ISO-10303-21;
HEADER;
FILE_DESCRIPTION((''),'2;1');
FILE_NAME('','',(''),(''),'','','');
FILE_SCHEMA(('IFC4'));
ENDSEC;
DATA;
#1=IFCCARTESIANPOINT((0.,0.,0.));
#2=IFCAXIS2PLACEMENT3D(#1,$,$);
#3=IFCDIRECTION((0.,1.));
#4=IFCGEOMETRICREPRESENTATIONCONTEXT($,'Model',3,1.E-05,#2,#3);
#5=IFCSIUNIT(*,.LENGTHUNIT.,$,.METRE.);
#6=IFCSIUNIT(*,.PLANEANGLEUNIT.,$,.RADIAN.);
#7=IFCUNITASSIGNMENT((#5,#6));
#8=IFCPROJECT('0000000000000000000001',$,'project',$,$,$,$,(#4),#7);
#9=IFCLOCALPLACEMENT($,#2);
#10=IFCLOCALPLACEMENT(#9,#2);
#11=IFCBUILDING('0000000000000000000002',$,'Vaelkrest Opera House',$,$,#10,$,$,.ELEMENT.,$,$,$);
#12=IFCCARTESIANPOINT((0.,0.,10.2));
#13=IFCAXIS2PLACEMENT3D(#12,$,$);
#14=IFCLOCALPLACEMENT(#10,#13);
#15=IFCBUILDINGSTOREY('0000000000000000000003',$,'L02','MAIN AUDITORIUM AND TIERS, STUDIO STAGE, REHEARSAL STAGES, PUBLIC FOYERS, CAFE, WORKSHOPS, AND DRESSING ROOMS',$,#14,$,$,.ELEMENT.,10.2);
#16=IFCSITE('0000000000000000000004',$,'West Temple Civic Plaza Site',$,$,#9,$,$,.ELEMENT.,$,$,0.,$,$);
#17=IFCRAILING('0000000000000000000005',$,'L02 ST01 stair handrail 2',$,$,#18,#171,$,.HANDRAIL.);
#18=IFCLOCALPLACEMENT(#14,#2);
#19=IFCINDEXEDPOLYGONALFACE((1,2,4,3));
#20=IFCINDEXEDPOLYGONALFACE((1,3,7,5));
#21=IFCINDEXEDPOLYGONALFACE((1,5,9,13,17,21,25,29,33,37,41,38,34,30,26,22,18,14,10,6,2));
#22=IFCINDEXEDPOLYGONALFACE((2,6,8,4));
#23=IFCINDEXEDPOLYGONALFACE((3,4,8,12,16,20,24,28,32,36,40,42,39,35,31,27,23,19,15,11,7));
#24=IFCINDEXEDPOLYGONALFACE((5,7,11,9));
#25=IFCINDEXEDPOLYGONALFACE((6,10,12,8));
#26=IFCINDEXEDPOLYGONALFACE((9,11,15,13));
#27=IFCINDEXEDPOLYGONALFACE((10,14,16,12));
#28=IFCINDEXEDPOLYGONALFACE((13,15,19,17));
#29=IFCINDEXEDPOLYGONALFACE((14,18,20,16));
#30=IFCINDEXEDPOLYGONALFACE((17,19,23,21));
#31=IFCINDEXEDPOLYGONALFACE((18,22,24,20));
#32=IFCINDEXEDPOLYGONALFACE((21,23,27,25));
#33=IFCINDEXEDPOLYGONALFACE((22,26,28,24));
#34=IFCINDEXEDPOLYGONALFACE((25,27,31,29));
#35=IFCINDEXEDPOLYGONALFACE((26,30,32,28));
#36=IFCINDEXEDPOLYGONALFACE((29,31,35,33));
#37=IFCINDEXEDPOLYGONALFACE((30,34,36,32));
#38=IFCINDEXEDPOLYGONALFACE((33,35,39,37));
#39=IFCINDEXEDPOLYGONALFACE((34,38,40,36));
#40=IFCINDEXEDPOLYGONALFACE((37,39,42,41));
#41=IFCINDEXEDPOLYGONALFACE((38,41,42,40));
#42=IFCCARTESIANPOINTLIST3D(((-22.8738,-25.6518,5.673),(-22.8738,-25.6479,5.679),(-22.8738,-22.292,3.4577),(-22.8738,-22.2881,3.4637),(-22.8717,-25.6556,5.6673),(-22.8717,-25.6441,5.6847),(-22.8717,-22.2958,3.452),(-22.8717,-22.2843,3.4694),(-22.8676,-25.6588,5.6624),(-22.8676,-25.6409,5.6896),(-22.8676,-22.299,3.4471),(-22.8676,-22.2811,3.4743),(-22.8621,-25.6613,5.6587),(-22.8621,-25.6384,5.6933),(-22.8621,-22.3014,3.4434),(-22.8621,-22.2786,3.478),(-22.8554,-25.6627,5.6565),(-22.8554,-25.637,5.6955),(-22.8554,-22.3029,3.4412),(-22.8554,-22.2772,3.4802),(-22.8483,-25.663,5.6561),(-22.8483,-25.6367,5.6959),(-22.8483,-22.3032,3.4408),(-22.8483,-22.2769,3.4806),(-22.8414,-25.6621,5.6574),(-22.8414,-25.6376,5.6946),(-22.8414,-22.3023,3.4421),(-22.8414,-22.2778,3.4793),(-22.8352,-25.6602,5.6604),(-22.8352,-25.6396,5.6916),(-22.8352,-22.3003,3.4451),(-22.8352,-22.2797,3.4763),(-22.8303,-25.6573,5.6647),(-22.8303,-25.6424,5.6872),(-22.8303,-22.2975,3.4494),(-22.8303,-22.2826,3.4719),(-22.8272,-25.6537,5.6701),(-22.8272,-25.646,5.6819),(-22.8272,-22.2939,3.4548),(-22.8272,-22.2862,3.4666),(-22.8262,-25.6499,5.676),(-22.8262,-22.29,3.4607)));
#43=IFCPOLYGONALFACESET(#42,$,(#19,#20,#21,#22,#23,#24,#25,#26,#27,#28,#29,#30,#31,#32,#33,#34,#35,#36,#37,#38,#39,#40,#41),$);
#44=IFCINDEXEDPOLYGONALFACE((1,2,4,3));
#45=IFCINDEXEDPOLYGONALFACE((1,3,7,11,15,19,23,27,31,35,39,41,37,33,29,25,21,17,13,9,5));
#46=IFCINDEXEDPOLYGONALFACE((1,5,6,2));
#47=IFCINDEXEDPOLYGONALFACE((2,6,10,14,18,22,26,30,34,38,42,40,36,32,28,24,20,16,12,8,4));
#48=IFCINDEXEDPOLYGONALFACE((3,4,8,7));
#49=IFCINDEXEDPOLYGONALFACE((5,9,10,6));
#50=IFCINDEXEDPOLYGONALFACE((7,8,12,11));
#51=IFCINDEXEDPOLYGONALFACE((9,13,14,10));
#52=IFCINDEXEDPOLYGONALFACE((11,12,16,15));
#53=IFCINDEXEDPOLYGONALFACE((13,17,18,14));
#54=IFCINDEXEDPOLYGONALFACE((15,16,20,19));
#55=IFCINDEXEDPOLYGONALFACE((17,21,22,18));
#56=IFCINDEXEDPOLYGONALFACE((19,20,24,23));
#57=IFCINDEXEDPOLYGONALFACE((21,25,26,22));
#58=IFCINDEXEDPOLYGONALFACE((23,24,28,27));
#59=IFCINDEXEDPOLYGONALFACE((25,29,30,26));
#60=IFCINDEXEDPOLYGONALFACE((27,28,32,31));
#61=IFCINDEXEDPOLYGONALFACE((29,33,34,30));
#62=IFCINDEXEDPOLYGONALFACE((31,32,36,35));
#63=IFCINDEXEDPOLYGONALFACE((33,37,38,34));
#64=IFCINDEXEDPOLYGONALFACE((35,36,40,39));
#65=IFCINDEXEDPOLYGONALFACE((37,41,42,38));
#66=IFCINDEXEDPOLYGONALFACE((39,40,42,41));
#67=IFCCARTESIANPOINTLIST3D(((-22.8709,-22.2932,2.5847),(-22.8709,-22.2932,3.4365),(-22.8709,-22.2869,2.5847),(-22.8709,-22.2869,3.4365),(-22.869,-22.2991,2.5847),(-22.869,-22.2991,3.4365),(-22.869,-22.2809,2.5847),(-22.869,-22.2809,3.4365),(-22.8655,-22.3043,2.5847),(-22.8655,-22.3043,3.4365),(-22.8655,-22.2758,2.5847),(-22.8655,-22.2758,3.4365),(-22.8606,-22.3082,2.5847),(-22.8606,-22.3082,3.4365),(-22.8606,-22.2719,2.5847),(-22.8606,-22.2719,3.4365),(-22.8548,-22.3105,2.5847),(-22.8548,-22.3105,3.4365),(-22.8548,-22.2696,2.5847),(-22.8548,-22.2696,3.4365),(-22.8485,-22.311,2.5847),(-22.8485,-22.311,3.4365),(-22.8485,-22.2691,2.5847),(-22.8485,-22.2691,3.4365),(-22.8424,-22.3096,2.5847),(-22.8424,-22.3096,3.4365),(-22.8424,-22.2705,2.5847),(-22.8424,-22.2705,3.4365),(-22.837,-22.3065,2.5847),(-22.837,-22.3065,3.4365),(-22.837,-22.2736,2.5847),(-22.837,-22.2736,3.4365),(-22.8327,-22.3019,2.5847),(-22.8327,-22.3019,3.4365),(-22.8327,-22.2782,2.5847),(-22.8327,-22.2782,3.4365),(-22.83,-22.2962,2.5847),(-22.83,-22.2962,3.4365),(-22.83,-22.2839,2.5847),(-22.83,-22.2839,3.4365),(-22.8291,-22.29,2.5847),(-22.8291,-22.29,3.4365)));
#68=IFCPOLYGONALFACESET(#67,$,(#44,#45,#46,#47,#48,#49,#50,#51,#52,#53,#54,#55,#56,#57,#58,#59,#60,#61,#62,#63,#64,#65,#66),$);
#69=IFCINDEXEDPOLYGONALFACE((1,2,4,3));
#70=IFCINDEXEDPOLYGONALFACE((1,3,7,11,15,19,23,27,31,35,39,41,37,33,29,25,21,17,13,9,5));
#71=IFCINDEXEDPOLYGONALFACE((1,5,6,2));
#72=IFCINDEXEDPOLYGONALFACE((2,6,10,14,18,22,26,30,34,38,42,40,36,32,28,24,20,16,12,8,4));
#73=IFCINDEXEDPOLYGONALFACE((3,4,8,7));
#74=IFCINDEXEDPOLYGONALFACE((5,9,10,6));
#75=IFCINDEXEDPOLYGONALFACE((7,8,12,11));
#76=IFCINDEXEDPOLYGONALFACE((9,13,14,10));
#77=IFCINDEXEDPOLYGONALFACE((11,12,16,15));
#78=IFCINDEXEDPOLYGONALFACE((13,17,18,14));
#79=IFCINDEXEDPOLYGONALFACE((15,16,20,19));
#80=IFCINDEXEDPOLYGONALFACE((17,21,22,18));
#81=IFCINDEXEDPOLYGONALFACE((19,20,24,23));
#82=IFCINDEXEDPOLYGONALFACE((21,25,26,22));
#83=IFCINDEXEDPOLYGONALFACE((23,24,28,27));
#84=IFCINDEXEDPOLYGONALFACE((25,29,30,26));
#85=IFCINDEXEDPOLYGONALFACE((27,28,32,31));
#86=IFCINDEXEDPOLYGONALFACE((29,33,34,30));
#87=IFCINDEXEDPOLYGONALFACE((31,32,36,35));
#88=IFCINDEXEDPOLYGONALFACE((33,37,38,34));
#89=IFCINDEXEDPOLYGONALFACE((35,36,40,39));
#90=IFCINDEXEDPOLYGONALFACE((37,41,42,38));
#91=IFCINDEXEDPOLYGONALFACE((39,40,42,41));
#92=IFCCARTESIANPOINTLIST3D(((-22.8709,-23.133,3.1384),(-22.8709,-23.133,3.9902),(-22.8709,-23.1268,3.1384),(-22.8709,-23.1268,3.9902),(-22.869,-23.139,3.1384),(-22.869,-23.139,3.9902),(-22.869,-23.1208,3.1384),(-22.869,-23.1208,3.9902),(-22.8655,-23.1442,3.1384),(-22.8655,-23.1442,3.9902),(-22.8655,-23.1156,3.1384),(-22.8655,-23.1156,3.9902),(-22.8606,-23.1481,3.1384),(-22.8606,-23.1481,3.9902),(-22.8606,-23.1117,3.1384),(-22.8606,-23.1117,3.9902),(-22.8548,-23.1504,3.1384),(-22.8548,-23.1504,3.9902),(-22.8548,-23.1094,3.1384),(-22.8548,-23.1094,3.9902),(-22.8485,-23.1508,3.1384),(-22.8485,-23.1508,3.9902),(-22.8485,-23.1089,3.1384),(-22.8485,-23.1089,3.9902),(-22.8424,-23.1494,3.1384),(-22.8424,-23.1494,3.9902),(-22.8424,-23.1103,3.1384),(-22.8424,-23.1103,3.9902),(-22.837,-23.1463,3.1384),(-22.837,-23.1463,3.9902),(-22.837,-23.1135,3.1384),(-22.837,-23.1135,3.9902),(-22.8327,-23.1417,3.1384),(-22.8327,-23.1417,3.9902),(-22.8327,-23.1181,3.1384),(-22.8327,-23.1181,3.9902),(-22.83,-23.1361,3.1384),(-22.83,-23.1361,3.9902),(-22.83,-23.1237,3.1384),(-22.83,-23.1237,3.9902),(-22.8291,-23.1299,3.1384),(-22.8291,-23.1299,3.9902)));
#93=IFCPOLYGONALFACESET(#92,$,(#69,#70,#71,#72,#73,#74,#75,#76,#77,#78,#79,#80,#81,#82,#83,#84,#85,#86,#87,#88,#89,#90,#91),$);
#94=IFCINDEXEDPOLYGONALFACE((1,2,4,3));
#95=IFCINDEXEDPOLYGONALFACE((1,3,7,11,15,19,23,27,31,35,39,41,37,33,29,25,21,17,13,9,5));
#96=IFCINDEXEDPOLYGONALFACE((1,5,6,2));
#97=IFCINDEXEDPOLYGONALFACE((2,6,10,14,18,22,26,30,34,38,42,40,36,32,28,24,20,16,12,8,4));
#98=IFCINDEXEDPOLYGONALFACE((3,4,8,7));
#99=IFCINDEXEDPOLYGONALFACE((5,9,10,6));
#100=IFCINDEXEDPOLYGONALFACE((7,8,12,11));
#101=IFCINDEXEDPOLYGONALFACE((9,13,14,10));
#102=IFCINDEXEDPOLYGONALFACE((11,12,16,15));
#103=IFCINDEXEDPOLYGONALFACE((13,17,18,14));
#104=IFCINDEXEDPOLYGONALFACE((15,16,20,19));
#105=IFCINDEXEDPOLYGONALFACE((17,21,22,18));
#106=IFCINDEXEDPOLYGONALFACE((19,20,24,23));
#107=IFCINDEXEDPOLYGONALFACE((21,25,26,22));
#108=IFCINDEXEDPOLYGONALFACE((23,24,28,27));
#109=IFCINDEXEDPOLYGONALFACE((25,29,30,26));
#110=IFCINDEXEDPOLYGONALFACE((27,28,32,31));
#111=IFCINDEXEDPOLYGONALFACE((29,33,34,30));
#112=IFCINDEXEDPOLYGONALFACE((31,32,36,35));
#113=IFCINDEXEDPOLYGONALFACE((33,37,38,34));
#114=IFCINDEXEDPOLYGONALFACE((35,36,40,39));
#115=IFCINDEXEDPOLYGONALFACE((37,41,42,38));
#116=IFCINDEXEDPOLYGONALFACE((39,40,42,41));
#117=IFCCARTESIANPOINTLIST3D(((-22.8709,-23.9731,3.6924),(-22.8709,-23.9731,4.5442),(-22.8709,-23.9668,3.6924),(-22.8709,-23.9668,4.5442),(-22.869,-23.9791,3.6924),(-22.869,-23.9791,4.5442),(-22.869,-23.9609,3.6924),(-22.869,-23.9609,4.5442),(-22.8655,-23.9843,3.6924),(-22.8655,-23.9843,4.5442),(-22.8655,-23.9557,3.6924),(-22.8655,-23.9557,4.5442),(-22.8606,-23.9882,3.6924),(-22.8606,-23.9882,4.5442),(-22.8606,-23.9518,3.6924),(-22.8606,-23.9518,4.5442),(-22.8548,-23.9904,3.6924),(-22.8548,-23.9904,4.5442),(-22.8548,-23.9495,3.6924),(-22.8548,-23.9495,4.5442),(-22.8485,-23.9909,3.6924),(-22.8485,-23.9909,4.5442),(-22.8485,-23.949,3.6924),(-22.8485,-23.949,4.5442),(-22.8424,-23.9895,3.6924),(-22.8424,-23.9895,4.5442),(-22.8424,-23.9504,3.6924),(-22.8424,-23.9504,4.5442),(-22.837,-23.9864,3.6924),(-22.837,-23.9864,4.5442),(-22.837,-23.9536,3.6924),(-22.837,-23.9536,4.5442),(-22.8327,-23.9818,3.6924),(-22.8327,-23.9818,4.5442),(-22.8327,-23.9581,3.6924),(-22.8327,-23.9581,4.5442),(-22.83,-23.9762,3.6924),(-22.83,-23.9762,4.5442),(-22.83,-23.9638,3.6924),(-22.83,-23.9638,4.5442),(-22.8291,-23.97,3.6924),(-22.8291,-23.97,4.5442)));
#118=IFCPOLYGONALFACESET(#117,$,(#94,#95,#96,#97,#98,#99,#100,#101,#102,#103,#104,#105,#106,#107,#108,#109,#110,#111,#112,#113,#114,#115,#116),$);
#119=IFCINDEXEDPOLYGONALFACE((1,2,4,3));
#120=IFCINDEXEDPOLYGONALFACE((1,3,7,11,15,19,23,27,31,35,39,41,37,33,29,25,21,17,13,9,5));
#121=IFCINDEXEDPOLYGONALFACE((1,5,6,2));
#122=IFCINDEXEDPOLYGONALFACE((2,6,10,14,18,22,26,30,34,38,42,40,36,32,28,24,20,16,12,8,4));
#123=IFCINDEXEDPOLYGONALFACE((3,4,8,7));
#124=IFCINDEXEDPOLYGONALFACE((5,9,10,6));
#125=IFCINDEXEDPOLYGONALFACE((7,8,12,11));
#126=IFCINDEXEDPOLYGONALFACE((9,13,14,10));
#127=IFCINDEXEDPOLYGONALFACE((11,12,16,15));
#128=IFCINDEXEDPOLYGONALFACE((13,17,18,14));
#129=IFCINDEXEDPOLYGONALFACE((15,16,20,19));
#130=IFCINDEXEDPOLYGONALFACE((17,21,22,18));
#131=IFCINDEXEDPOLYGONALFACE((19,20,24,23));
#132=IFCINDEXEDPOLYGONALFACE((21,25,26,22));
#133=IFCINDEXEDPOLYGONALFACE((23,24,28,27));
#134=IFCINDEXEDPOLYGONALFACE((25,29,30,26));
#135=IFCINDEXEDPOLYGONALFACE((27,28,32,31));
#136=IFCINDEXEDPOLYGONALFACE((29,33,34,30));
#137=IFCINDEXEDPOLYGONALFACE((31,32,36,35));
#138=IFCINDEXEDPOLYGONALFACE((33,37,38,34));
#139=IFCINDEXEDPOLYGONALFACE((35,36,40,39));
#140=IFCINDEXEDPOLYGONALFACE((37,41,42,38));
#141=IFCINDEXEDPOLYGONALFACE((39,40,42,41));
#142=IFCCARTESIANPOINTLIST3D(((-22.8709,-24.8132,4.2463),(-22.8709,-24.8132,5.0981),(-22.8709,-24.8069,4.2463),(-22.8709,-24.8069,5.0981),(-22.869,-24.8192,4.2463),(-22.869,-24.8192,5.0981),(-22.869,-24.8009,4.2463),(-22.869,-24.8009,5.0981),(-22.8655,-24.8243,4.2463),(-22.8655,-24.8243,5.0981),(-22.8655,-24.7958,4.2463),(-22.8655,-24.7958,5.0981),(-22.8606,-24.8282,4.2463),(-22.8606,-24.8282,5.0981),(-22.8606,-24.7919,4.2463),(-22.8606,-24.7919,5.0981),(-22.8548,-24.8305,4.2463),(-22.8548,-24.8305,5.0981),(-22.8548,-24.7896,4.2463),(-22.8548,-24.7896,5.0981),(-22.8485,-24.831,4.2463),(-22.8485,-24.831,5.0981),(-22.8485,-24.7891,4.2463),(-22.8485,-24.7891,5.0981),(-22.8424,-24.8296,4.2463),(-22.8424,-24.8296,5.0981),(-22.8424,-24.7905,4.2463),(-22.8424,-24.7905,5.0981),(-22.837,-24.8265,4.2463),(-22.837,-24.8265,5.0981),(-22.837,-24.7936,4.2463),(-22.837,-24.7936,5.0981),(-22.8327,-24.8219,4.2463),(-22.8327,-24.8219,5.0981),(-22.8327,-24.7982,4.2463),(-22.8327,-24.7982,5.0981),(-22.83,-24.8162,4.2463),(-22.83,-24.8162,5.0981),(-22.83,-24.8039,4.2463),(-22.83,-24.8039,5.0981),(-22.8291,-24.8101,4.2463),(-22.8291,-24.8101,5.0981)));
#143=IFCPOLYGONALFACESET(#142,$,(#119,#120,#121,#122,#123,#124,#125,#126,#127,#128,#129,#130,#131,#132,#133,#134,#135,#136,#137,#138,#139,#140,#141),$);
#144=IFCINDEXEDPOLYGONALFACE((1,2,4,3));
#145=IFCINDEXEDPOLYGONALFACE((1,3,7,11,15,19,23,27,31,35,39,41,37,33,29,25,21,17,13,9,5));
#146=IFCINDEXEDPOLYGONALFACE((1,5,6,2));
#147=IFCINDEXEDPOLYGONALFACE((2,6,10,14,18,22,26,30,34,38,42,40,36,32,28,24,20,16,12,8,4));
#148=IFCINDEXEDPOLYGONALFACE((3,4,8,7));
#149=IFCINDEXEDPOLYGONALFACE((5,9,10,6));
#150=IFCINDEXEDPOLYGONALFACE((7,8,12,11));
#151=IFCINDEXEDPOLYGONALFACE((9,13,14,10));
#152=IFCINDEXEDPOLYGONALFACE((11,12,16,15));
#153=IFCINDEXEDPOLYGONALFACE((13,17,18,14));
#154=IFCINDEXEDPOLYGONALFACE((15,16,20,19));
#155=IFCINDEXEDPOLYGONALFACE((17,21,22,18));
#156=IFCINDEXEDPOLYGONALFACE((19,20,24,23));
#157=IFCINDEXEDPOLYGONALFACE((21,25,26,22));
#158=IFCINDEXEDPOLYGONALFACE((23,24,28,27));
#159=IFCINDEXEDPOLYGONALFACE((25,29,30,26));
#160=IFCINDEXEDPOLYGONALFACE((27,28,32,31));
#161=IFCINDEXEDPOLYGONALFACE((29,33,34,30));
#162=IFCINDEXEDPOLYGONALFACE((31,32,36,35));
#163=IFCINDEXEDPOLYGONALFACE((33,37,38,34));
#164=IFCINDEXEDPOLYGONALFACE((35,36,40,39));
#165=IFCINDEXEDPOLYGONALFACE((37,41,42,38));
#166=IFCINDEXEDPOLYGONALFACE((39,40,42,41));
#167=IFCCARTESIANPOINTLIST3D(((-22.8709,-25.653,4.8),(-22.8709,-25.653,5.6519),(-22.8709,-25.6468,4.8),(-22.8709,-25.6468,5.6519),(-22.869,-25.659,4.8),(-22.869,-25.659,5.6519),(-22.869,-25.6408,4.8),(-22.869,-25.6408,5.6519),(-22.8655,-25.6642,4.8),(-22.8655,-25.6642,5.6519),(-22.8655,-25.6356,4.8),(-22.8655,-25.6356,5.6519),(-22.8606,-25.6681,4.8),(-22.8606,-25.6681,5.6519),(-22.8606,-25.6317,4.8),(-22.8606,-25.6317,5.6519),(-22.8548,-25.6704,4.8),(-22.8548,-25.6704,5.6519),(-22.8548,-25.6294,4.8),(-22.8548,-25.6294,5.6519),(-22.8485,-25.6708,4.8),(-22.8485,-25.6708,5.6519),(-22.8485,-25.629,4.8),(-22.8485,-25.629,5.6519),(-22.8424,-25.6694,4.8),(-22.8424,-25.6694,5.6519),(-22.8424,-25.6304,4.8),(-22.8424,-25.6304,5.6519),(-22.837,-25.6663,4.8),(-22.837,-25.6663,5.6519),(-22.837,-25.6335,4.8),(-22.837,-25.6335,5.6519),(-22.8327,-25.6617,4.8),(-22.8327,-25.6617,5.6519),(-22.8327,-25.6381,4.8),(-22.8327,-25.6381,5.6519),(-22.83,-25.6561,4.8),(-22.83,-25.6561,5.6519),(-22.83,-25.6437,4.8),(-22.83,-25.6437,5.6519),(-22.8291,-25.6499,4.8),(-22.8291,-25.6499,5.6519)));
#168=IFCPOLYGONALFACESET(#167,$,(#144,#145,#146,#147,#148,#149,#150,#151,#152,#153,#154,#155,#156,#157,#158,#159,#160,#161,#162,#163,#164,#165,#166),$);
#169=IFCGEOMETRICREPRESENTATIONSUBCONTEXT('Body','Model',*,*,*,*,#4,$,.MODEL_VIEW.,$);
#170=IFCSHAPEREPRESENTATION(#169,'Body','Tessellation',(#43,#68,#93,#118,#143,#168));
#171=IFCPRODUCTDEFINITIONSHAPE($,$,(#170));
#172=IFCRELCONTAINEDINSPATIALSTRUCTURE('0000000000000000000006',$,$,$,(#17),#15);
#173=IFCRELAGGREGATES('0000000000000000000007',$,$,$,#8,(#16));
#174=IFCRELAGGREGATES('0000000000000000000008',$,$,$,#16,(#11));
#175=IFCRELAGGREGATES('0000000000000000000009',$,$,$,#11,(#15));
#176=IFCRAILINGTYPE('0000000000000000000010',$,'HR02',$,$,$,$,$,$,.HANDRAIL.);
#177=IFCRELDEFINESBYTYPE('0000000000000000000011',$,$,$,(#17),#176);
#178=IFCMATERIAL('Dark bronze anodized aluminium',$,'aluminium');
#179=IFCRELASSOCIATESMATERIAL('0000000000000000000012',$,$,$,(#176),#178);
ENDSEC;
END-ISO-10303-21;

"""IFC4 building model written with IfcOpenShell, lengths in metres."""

from ifc_helpers import new_model, si_unit, direction, frame, origin, origin_2d, place, context, subcontext, project, spatial, circle, extrude, material, type_object, element, save


model = new_model("IFC4")

# Units and contexts
model_context = context("Model", 3, precision=1e-05, world=origin(), true_north=direction((0.0, 1.0)))
body_context = subcontext(model_context, "Body", "Model", "MODEL_VIEW")
ifc_project = project(units=[si_unit("LENGTHUNIT", "METRE"), si_unit("PLANEANGLEUNIT", "RADIAN")], contexts=[model_context])

# Site, building, storey
site_placement = place(None, origin())
site = spatial("IfcSite", under=ifc_project, at=site_placement, Name="West Temple Civic Plaza Site", CompositionType="ELEMENT", RefElevation=0.0)
building_placement = place(site_placement, origin())
building = spatial("IfcBuilding", under=site, at=building_placement, Name="Vaelkrest Opera House", CompositionType="ELEMENT")
storey_placement = place(building_placement, frame((0.0, 0.0, 10.2)))
storey = spatial("IfcBuildingStorey", under=building, at=storey_placement, Name="L02", Description="MAIN AUDITORIUM AND TIERS, STUDIO STAGE, REHEARSAL STAGES, PUBLIC FOYERS, CAFE, WORKSHOPS, AND DRESSING ROOMS", CompositionType="ELEMENT", Elevation=10.2)

# Shared definitions
ifc_material_1 = material(Name="Dark bronze anodized aluminium", Category="aluminium")

# Railing
railing_type_1 = type_object("IfcRailingType", Name="HR02", PredefinedType="HANDRAIL", material=ifc_material_1)
railing_1_placement = place(storey_placement, frame((-22.8501, -22.29, 2.5847)))
element("IfcRailing", 1, at=railing_1_placement, inside=storey, type_object=railing_type_1, Name="L02 ST01 stair handrail 2", PredefinedType="HANDRAIL", context=body_context, shape_type="SweptSolid", body=[
    extrude(circle(Radius=0.0239, at=origin_2d()), frame((0.0, 0.0, 0.876), z_axis=(0.0, -0.834858, 0.550465), x_axis=(1.0, 0.0, 0.0)), (0.0, 0.0, 1.0), 4.0244),
    extrude(circle(Radius=0.021, at=origin_2d()), origin(), (0.0, 0.0, 1.0), 0.8518),
    extrude(circle(Radius=0.021, at=origin_2d()), frame((0.0, -0.8398, 0.5537)), (0.0, 0.0, 1.0), 0.8518),
    extrude(circle(Radius=0.021, at=origin_2d()), frame((0.0, -1.6799, 1.1077)), (0.0, 0.0, 1.0), 0.8518),
    extrude(circle(Radius=0.021, at=origin_2d()), frame((0.0, -2.52, 1.6616)), (0.0, 0.0, 1.0), 0.8518),
    extrude(circle(Radius=0.021, at=origin_2d()), frame((0.0, -3.3599, 2.2153)), (0.0, 0.0, 1.0), 0.8518),
])

save(model, "model.ifc")
